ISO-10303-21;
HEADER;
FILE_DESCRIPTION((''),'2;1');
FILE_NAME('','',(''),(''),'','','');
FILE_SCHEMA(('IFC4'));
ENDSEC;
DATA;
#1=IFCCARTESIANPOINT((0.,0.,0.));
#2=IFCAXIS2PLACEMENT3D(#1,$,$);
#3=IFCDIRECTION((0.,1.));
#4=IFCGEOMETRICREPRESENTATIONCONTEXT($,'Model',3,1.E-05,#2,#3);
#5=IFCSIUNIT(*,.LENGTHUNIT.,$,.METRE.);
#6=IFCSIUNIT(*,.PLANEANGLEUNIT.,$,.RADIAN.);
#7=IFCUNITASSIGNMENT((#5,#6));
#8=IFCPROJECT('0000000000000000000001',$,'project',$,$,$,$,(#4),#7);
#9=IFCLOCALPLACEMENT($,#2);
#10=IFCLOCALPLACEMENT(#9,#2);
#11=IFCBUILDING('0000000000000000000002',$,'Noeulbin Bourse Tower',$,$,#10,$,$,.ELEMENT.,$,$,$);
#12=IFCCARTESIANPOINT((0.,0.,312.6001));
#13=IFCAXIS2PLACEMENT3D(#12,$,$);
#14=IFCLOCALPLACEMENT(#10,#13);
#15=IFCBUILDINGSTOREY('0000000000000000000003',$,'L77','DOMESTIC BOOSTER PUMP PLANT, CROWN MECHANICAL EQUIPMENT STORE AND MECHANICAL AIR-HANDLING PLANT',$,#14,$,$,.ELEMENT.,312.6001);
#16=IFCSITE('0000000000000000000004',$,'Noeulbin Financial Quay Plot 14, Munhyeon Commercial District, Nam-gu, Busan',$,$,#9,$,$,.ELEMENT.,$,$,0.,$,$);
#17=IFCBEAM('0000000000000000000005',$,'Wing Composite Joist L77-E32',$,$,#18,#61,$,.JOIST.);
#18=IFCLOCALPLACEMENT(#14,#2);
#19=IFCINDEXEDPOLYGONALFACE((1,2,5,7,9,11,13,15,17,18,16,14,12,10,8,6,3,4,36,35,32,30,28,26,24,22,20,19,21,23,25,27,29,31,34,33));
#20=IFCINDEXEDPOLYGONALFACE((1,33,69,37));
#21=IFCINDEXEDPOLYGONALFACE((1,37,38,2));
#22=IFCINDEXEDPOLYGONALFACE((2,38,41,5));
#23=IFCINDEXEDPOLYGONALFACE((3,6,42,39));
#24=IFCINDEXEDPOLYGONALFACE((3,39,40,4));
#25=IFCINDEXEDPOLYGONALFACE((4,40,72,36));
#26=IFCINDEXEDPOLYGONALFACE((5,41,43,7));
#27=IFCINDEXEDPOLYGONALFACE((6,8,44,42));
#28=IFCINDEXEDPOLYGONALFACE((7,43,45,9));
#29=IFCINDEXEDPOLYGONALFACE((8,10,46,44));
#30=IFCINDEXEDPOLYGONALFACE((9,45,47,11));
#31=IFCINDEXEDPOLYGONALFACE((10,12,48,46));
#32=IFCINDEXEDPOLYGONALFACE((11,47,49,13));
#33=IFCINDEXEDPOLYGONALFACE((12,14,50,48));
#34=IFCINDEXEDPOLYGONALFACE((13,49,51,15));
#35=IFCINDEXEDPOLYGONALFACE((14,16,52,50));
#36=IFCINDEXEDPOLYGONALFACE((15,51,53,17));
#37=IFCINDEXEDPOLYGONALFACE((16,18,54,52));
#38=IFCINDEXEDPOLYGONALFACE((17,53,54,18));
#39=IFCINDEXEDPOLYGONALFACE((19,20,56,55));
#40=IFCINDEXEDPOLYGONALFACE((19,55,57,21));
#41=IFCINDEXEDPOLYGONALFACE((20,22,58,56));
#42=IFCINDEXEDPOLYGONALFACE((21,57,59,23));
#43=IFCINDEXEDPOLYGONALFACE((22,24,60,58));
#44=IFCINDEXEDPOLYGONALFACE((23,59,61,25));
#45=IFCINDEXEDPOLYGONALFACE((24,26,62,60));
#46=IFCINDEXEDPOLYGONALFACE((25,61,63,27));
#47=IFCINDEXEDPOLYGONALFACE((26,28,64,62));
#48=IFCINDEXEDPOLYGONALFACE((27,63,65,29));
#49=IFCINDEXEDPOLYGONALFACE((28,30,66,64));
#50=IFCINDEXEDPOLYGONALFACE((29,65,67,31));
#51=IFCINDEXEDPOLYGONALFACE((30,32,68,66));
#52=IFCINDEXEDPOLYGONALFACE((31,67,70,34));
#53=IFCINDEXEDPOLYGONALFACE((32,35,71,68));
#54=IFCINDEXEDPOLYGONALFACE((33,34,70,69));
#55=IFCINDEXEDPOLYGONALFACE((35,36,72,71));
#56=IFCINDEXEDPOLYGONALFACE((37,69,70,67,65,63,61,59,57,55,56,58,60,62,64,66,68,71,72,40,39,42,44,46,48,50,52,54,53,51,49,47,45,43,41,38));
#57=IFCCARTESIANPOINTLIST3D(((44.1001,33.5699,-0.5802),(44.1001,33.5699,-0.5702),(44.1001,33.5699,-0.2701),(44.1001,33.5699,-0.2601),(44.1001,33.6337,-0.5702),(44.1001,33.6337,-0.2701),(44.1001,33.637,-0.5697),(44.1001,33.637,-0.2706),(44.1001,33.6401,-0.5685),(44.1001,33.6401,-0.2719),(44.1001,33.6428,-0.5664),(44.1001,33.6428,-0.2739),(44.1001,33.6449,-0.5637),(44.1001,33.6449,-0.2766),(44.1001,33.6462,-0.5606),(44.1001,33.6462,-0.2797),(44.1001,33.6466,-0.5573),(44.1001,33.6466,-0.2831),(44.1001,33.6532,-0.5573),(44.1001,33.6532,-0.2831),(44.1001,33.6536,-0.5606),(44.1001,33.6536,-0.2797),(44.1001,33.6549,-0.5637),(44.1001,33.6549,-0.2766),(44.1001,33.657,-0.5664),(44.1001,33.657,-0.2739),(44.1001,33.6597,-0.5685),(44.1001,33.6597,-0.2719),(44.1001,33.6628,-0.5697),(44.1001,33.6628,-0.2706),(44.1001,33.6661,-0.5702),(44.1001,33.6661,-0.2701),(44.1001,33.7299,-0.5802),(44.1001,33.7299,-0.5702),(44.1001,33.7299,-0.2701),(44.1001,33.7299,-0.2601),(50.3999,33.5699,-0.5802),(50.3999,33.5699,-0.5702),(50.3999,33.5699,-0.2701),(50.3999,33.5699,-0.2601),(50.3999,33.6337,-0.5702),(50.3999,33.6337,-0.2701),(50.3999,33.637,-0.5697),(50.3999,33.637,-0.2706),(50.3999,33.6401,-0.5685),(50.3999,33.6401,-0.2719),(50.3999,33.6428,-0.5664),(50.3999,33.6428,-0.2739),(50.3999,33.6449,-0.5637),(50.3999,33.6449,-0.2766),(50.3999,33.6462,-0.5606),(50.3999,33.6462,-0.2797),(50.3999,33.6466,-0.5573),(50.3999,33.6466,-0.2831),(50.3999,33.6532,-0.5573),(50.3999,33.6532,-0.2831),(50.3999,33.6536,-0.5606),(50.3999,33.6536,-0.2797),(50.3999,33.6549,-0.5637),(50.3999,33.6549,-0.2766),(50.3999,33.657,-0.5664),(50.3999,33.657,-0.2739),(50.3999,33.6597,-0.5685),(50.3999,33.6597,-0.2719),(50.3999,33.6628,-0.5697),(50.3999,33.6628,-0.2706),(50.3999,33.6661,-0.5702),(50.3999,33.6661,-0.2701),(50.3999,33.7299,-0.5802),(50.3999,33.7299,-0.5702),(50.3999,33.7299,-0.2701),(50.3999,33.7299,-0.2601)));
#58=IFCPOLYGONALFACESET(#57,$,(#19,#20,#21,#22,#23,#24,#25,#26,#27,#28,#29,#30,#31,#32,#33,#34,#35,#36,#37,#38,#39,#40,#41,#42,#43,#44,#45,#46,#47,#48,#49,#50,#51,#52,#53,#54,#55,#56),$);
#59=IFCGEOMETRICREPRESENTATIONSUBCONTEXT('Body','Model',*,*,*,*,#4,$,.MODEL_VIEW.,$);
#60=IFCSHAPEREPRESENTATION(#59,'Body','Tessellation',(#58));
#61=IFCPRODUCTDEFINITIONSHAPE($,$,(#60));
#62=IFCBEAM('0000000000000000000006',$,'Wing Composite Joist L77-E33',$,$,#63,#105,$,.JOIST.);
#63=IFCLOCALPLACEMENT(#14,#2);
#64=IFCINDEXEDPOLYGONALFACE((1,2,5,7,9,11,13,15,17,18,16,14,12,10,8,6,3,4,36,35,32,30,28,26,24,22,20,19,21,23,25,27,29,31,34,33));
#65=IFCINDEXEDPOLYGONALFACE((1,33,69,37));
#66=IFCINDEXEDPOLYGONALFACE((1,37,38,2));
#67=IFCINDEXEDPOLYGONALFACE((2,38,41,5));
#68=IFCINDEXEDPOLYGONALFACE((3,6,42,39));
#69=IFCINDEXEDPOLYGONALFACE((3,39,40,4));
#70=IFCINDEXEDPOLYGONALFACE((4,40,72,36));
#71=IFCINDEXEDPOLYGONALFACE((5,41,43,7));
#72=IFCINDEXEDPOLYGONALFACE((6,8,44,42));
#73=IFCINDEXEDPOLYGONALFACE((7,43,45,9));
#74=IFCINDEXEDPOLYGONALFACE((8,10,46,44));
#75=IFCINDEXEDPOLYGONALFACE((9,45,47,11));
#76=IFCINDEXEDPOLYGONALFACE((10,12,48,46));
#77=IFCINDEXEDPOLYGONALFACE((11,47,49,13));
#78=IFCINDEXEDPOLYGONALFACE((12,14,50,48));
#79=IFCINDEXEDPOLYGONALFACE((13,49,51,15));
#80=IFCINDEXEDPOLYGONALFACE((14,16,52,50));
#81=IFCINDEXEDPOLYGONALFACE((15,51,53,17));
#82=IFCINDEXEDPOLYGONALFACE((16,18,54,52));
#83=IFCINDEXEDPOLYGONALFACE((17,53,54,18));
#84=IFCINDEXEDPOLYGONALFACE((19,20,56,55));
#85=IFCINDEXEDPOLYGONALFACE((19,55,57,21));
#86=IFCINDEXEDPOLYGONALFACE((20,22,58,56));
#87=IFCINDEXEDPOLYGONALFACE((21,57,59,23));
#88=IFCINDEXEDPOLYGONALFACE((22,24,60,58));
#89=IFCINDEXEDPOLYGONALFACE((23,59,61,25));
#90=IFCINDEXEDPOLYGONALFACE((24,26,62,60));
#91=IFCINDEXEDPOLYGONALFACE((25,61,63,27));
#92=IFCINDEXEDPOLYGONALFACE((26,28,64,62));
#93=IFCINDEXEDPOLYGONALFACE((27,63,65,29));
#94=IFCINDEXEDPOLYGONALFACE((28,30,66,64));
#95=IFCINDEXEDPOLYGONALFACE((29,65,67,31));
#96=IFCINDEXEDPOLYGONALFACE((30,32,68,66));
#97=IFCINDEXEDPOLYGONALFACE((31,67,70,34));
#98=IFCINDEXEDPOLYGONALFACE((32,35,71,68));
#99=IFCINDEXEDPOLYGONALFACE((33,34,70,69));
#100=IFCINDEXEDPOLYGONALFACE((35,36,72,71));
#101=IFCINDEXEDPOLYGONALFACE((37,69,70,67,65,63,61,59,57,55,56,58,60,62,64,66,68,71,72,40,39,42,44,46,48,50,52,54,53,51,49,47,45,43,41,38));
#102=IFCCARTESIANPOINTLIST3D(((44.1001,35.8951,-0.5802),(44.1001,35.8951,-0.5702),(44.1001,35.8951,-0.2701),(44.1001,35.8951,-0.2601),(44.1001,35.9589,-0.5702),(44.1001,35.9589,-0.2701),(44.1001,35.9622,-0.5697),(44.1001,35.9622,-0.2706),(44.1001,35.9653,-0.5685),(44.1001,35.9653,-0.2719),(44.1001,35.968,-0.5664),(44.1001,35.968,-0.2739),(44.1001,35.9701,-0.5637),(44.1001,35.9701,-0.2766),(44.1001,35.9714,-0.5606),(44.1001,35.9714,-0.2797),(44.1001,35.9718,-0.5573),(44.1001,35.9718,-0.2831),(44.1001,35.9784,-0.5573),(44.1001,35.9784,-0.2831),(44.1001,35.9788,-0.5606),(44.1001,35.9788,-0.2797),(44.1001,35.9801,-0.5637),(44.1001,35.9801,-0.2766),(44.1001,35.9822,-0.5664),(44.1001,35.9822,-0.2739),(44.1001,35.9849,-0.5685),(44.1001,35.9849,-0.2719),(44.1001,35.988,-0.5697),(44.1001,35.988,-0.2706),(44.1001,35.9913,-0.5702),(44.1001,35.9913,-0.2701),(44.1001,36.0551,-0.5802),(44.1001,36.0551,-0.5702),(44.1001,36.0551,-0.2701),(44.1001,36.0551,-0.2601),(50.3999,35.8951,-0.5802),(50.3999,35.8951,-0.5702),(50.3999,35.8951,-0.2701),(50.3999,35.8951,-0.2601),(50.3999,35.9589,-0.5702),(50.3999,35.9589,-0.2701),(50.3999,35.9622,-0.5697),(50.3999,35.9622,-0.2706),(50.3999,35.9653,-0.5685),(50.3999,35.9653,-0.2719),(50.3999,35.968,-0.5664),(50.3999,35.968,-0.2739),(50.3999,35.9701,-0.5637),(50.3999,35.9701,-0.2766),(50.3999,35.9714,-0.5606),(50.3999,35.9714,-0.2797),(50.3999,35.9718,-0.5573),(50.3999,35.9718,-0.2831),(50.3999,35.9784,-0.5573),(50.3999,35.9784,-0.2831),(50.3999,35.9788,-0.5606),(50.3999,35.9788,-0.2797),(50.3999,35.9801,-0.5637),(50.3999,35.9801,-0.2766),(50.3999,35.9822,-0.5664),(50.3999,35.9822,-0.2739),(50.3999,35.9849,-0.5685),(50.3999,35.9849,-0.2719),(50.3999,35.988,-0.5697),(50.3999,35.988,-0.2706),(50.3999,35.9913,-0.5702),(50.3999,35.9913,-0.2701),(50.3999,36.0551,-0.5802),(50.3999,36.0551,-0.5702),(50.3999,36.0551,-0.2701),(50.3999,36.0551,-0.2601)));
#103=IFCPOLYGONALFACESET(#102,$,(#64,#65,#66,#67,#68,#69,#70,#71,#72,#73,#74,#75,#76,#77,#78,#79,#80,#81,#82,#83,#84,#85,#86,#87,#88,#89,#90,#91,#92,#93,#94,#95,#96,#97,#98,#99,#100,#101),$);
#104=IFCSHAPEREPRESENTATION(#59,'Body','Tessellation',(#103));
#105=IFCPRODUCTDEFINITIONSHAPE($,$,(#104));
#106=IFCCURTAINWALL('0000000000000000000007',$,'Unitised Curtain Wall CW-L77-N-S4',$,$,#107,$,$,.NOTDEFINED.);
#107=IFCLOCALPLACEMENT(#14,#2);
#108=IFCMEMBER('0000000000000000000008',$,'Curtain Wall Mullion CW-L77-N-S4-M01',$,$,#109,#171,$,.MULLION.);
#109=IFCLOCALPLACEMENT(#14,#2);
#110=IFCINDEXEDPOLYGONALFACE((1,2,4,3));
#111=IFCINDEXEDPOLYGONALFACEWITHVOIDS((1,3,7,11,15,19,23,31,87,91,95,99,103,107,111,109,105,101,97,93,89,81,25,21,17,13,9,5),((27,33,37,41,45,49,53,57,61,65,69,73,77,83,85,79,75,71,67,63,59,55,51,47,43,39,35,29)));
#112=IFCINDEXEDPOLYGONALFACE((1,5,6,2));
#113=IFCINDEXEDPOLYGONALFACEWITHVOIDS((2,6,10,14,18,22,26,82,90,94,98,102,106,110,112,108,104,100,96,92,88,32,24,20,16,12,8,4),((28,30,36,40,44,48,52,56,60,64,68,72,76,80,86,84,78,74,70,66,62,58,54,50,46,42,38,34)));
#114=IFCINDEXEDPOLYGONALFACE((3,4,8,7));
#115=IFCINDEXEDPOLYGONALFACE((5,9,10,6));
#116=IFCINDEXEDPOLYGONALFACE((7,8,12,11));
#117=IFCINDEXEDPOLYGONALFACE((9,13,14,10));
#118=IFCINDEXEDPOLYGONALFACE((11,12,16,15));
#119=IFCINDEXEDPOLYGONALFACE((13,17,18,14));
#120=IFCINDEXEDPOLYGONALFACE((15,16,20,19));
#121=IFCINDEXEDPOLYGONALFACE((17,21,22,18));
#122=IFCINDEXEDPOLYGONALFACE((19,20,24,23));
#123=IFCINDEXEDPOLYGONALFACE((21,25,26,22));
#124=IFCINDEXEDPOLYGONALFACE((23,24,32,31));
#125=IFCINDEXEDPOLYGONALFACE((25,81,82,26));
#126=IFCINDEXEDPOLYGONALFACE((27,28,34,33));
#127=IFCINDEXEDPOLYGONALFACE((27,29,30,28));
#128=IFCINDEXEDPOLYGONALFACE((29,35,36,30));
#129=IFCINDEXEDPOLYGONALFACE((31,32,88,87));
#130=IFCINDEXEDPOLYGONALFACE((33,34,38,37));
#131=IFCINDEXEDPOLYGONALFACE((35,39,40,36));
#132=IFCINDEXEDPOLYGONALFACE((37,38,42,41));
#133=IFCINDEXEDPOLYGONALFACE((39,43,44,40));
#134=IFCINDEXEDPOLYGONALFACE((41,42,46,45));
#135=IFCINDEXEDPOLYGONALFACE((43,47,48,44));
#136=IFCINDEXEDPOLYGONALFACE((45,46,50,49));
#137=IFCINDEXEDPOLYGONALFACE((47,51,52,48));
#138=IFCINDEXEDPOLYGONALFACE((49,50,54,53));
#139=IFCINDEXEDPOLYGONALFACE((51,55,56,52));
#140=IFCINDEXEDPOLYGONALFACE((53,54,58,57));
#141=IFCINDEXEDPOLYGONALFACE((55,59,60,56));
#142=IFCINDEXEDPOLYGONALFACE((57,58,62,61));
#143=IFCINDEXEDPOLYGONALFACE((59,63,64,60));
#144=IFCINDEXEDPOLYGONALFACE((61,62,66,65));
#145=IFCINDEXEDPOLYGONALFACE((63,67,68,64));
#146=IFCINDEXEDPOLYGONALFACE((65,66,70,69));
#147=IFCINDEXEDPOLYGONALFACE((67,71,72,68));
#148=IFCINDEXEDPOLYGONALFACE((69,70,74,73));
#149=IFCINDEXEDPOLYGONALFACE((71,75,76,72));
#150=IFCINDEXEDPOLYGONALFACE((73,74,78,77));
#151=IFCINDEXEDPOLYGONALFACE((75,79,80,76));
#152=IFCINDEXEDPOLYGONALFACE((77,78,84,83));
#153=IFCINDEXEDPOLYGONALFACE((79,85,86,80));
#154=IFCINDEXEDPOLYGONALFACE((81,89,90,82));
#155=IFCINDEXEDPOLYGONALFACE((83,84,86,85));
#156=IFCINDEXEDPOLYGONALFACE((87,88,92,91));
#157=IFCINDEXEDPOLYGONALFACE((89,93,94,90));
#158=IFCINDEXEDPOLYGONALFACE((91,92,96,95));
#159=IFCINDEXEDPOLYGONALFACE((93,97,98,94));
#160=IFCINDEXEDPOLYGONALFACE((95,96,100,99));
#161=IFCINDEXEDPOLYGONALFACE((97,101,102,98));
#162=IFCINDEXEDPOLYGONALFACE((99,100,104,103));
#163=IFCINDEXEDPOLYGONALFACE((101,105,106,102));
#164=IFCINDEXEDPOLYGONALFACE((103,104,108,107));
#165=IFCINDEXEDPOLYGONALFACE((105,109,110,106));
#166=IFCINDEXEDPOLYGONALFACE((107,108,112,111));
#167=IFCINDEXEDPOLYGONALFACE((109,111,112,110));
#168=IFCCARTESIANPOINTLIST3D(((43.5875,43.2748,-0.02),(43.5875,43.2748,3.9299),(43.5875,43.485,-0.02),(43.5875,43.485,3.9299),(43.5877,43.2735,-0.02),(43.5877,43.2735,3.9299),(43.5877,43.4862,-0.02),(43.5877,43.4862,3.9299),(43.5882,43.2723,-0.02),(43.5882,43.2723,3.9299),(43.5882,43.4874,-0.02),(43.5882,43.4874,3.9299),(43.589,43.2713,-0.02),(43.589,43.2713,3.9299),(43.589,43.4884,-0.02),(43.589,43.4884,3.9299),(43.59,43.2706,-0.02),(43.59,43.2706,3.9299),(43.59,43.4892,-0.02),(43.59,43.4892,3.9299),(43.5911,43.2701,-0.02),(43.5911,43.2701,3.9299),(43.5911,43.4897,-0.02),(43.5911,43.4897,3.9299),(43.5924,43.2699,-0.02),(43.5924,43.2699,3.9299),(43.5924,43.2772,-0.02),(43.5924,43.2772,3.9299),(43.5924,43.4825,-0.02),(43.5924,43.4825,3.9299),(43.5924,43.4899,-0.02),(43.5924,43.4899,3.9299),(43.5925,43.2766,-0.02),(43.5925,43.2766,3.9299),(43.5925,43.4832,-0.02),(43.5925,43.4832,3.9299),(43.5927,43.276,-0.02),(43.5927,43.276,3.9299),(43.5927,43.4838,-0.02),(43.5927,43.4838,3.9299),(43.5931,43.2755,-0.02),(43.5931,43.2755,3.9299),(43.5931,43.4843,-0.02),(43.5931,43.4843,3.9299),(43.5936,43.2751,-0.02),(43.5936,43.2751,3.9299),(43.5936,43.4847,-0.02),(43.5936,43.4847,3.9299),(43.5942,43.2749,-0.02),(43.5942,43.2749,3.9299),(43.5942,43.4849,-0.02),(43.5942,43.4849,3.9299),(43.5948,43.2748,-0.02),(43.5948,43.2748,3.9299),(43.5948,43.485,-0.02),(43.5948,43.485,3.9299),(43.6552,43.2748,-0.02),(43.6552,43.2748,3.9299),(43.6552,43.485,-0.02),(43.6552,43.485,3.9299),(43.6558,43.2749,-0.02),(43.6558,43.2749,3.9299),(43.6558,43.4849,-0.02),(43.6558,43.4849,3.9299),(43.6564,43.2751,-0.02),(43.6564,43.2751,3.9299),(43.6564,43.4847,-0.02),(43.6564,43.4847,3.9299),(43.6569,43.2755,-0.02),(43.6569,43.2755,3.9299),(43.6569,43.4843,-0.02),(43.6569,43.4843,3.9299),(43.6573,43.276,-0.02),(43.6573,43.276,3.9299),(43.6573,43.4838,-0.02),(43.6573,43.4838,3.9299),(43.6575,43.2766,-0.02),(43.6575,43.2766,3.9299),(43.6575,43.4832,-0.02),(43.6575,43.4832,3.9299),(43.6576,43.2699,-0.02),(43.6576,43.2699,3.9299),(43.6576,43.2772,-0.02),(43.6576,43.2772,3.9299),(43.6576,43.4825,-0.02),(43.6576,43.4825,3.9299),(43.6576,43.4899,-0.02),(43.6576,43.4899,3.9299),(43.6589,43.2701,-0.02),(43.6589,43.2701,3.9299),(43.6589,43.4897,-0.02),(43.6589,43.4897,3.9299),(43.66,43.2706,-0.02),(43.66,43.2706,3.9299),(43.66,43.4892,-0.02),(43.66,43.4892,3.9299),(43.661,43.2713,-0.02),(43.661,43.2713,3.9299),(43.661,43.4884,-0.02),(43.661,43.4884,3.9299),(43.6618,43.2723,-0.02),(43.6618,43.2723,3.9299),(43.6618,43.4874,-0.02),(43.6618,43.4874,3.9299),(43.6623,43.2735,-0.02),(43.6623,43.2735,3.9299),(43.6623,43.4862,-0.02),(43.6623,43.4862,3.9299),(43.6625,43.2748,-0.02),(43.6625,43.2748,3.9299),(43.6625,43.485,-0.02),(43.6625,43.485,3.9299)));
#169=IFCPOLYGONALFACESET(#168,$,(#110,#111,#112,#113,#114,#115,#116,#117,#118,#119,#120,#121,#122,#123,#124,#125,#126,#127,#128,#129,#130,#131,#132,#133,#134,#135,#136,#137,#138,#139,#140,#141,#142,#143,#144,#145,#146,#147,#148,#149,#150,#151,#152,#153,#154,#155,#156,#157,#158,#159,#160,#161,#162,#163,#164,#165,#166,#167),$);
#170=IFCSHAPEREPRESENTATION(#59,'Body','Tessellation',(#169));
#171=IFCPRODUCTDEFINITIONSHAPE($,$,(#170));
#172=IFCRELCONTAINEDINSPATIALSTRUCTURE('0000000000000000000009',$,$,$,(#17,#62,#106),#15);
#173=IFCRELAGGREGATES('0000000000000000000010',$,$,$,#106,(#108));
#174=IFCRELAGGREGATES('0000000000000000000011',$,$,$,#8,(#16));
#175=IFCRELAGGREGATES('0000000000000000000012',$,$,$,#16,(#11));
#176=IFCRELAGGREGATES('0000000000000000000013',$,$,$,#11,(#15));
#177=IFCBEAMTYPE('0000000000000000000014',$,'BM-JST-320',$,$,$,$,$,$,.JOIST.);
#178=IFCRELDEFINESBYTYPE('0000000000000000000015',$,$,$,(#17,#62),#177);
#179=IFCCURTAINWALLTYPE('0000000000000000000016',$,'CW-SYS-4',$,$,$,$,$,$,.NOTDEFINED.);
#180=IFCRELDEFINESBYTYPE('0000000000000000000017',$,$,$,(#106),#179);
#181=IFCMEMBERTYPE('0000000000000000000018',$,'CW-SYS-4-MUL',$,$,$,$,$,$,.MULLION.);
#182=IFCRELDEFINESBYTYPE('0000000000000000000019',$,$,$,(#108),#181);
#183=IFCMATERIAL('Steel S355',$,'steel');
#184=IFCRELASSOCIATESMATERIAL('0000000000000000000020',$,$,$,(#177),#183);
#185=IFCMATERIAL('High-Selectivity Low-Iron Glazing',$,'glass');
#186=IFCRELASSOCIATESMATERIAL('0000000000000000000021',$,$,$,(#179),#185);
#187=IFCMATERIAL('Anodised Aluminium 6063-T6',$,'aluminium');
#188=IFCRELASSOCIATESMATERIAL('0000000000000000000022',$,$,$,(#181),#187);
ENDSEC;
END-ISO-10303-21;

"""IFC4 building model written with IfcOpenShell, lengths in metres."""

from ifc_helpers import new_model, si_unit, direction, frame, origin, origin_2d, place, context, subcontext, project, spatial, hollow_rectangle, i_section, extrude, material, material_profile, profile_set, type_object, element, aggregate, save


model = new_model("IFC4")

# Units and contexts
model_context = context("Model", 3, precision=1e-05, world=origin(), true_north=direction((0.0, 1.0)))
body_context = subcontext(model_context, "Body", "Model", "MODEL_VIEW")
ifc_project = project(units=[si_unit("LENGTHUNIT", "METRE"), si_unit("PLANEANGLEUNIT", "RADIAN")], contexts=[model_context])

# Site, building, storey
site_placement = place(None, origin())
site = spatial("IfcSite", under=ifc_project, at=site_placement, Name="Noeulbin Financial Quay Plot 14, Munhyeon Commercial District, Nam-gu, Busan", CompositionType="ELEMENT", RefElevation=0.0)
building_placement = place(site_placement, origin())
building = spatial("IfcBuilding", under=site, at=building_placement, Name="Noeulbin Bourse Tower", CompositionType="ELEMENT")
storey_placement = place(building_placement, frame((0.0, 0.0, 312.6001)))
storey = spatial("IfcBuildingStorey", under=building, at=storey_placement, Name="L77", Description="DOMESTIC BOOSTER PUMP PLANT, CROWN MECHANICAL EQUIPMENT STORE AND MECHANICAL AIR-HANDLING PLANT", CompositionType="ELEMENT", Elevation=312.6001)

# Shared definitions
ifc_material_1 = material(Name="Steel S355", Category="steel")

# Beams
ifc_material_profile_1 = material_profile(ifc_material_1, i_section(OverallWidth=0.1599, OverallDepth=0.3201, WebThickness=0.0066, FlangeThickness=0.01, FilletRadius=0.0129, at=origin_2d()), Name="H-320x160x6.5x10", Category="LoadBearing")
ifc_profile_set_1 = profile_set([ifc_material_profile_1], Name="Steel S355")
beam_type_1 = type_object("IfcBeamType", Name="BM-JST-320", PredefinedType="JOIST", material=ifc_profile_set_1)
for number, where, z_axis, x_axis, name in (
    (1, (44.1001, 33.6499, -0.4202), (1.0, 0.0, 0.0), (0.0, 1.0, 0.0), "Wing Composite Joist L77-E32"),
    (2, (44.1001, 35.9751, -0.4202), (1.0, 0.0, 0.0), (0.0, 1.0, 0.0), "Wing Composite Joist L77-E33"),
):
    element("IfcBeam", number, at=place(storey_placement, frame(where, z_axis=z_axis, x_axis=x_axis)), inside=storey, type_object=beam_type_1, Name=name, PredefinedType="JOIST", context=body_context, shape_type="SweptSolid", body=[
        extrude(i_section(OverallWidth=0.1599, OverallDepth=0.3201, WebThickness=0.0066, FlangeThickness=0.01, FilletRadius=0.0129, at=origin_2d()), origin(), (0.0, 0.0, 1.0), 6.2998),
    ])

# Curtain wall, member
ifc_material_2 = material(Name="High-Selectivity Low-Iron Glazing", Category="glass")
curtain_wall_type = type_object("IfcCurtainWallType", Name="CW-SYS-4", PredefinedType="NOTDEFINED", material=ifc_material_2)
curtain_wall_1_placement = place(storey_placement, origin())
curtain_wall_1 = element("IfcCurtainWall", 3, at=curtain_wall_1_placement, inside=storey, type_object=curtain_wall_type, Name="Unitised Curtain Wall CW-L77-N-S4", PredefinedType="NOTDEFINED")
ifc_material_3 = material(Name="Anodised Aluminium 6063-T6", Category="aluminium")
ifc_material_profile_2 = material_profile(ifc_material_3, hollow_rectangle(XDim=0.075, YDim=0.22, WallThickness=0.0049, InnerFilletRadius=0.0024, OuterFilletRadius=0.0049, at=origin_2d()), Name="ALU-MULL-75x220x5", Category="LoadBearing")
ifc_profile_set_2 = profile_set([ifc_material_profile_2], Name="Anodised Aluminium 6063-T6")
member_type_1 = type_object("IfcMemberType", Name="CW-SYS-4-MUL", PredefinedType="MULLION", material=ifc_profile_set_2)
member_1_placement = place(storey_placement, frame((43.625, 43.3799, -0.02), z_axis=(0.0, 0.0, 1.0), x_axis=(1.0, 0.0, 0.0)))
member_1 = element("IfcMember", 4, at=member_1_placement, type_object=member_type_1, Name="Curtain Wall Mullion CW-L77-N-S4-M01", PredefinedType="MULLION", context=body_context, shape_type="SweptSolid", body=[
    extrude(hollow_rectangle(XDim=0.075, YDim=0.22, WallThickness=0.0049, InnerFilletRadius=0.0024, OuterFilletRadius=0.0049, at=origin_2d()), origin(), (0.0, 0.0, 1.0), 3.95),
])
aggregate(curtain_wall_1, [member_1])

save(model, "model.ifc")
